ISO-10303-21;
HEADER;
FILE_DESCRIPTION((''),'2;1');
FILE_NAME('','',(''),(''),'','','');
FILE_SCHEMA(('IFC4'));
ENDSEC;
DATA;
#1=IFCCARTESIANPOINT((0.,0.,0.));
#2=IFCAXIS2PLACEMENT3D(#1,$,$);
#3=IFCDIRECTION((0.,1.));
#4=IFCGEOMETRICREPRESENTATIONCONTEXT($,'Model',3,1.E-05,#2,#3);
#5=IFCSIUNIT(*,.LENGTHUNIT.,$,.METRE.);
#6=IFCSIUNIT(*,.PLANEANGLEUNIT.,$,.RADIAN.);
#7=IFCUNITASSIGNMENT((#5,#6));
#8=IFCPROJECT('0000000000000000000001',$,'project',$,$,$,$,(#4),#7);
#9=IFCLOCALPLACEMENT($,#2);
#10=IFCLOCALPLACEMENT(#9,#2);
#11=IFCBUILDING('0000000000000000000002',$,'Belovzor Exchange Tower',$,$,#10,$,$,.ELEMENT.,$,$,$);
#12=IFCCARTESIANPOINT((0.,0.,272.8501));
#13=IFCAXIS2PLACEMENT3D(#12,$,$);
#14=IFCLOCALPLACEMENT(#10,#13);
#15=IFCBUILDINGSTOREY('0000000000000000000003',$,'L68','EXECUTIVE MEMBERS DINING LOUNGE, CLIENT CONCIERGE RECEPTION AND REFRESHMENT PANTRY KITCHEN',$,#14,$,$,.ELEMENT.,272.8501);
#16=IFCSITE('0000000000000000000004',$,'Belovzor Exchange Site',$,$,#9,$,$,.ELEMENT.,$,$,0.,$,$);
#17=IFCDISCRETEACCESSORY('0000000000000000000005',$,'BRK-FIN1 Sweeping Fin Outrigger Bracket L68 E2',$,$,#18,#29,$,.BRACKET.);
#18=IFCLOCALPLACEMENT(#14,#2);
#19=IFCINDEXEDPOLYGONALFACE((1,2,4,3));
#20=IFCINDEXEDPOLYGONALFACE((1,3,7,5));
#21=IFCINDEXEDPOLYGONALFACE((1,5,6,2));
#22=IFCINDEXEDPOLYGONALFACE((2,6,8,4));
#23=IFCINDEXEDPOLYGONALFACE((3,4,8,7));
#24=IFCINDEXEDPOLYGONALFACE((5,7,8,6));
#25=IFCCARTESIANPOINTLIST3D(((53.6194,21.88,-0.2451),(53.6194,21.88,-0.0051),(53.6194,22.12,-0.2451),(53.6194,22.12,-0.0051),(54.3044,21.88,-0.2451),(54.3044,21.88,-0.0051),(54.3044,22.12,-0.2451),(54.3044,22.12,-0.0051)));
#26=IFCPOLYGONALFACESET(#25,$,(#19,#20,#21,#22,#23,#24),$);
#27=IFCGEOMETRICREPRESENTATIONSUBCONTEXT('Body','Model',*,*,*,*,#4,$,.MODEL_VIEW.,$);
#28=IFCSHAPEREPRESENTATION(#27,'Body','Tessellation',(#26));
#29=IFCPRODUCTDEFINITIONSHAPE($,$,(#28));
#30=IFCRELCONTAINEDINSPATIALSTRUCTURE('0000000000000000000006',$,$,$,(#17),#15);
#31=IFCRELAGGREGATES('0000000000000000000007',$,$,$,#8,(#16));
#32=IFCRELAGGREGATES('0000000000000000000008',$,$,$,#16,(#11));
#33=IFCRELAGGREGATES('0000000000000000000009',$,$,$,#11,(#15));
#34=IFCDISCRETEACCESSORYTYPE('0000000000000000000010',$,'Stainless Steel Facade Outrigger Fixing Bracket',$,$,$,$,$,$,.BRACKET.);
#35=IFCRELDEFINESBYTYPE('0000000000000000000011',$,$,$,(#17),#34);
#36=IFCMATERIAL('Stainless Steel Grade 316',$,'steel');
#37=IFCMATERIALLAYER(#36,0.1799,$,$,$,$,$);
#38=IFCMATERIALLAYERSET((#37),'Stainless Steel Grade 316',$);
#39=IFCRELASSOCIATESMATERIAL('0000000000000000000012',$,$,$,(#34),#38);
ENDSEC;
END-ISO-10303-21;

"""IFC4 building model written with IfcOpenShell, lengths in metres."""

from ifc_helpers import new_model, si_unit, direction, frame, origin, origin_2d, place, context, subcontext, project, spatial, rectangle, extrude, material, layer, layer_set, type_object, element, save


model = new_model("IFC4")

# Units and contexts
model_context = context("Model", 3, precision=1e-05, world=origin(), true_north=direction((0.0, 1.0)))
body_context = subcontext(model_context, "Body", "Model", "MODEL_VIEW")
ifc_project = project(units=[si_unit("LENGTHUNIT", "METRE"), si_unit("PLANEANGLEUNIT", "RADIAN")], contexts=[model_context])

# Site, building, storey
site_placement = place(None, origin())
site = spatial("IfcSite", under=ifc_project, at=site_placement, Name="Belovzor Exchange Site", CompositionType="ELEMENT", RefElevation=0.0)
building_placement = place(site_placement, origin())
building = spatial("IfcBuilding", under=site, at=building_placement, Name="Belovzor Exchange Tower", CompositionType="ELEMENT")
storey_placement = place(building_placement, frame((0.0, 0.0, 272.8501)))
storey = spatial("IfcBuildingStorey", under=building, at=storey_placement, Name="L68", Description="EXECUTIVE MEMBERS DINING LOUNGE, CLIENT CONCIERGE RECEPTION AND REFRESHMENT PANTRY KITCHEN", CompositionType="ELEMENT", Elevation=272.8501)

# Discrete accessory
ifc_material_1 = material(Name="Stainless Steel Grade 316", Category="steel")
ifc_layer_1 = layer(ifc_material_1, 0.1799)
ifc_layer_set_1 = layer_set([ifc_layer_1], Name="Stainless Steel Grade 316")
discrete_accessory_type = type_object("IfcDiscreteAccessoryType", Name="Stainless Steel Facade Outrigger Fixing Bracket", PredefinedType="BRACKET", material=ifc_layer_set_1)
discrete_accessory_placement = place(storey_placement, frame((53.9619, 22.0, -0.2451), z_axis=(0.0, 0.0, 1.0), x_axis=(1.0, 0.0, 0.0)))
element("IfcDiscreteAccessory", 1, at=discrete_accessory_placement, inside=storey, type_object=discrete_accessory_type, Name="BRK-FIN1 Sweeping Fin Outrigger Bracket L68 E2", PredefinedType="BRACKET", context=body_context, shape_type="SweptSolid", body=[
    extrude(rectangle(XDim=0.6851, YDim=0.24, at=origin_2d()), origin(), (0.0, 0.0, 1.0), 0.24),
])

save(model, "model.ifc")
